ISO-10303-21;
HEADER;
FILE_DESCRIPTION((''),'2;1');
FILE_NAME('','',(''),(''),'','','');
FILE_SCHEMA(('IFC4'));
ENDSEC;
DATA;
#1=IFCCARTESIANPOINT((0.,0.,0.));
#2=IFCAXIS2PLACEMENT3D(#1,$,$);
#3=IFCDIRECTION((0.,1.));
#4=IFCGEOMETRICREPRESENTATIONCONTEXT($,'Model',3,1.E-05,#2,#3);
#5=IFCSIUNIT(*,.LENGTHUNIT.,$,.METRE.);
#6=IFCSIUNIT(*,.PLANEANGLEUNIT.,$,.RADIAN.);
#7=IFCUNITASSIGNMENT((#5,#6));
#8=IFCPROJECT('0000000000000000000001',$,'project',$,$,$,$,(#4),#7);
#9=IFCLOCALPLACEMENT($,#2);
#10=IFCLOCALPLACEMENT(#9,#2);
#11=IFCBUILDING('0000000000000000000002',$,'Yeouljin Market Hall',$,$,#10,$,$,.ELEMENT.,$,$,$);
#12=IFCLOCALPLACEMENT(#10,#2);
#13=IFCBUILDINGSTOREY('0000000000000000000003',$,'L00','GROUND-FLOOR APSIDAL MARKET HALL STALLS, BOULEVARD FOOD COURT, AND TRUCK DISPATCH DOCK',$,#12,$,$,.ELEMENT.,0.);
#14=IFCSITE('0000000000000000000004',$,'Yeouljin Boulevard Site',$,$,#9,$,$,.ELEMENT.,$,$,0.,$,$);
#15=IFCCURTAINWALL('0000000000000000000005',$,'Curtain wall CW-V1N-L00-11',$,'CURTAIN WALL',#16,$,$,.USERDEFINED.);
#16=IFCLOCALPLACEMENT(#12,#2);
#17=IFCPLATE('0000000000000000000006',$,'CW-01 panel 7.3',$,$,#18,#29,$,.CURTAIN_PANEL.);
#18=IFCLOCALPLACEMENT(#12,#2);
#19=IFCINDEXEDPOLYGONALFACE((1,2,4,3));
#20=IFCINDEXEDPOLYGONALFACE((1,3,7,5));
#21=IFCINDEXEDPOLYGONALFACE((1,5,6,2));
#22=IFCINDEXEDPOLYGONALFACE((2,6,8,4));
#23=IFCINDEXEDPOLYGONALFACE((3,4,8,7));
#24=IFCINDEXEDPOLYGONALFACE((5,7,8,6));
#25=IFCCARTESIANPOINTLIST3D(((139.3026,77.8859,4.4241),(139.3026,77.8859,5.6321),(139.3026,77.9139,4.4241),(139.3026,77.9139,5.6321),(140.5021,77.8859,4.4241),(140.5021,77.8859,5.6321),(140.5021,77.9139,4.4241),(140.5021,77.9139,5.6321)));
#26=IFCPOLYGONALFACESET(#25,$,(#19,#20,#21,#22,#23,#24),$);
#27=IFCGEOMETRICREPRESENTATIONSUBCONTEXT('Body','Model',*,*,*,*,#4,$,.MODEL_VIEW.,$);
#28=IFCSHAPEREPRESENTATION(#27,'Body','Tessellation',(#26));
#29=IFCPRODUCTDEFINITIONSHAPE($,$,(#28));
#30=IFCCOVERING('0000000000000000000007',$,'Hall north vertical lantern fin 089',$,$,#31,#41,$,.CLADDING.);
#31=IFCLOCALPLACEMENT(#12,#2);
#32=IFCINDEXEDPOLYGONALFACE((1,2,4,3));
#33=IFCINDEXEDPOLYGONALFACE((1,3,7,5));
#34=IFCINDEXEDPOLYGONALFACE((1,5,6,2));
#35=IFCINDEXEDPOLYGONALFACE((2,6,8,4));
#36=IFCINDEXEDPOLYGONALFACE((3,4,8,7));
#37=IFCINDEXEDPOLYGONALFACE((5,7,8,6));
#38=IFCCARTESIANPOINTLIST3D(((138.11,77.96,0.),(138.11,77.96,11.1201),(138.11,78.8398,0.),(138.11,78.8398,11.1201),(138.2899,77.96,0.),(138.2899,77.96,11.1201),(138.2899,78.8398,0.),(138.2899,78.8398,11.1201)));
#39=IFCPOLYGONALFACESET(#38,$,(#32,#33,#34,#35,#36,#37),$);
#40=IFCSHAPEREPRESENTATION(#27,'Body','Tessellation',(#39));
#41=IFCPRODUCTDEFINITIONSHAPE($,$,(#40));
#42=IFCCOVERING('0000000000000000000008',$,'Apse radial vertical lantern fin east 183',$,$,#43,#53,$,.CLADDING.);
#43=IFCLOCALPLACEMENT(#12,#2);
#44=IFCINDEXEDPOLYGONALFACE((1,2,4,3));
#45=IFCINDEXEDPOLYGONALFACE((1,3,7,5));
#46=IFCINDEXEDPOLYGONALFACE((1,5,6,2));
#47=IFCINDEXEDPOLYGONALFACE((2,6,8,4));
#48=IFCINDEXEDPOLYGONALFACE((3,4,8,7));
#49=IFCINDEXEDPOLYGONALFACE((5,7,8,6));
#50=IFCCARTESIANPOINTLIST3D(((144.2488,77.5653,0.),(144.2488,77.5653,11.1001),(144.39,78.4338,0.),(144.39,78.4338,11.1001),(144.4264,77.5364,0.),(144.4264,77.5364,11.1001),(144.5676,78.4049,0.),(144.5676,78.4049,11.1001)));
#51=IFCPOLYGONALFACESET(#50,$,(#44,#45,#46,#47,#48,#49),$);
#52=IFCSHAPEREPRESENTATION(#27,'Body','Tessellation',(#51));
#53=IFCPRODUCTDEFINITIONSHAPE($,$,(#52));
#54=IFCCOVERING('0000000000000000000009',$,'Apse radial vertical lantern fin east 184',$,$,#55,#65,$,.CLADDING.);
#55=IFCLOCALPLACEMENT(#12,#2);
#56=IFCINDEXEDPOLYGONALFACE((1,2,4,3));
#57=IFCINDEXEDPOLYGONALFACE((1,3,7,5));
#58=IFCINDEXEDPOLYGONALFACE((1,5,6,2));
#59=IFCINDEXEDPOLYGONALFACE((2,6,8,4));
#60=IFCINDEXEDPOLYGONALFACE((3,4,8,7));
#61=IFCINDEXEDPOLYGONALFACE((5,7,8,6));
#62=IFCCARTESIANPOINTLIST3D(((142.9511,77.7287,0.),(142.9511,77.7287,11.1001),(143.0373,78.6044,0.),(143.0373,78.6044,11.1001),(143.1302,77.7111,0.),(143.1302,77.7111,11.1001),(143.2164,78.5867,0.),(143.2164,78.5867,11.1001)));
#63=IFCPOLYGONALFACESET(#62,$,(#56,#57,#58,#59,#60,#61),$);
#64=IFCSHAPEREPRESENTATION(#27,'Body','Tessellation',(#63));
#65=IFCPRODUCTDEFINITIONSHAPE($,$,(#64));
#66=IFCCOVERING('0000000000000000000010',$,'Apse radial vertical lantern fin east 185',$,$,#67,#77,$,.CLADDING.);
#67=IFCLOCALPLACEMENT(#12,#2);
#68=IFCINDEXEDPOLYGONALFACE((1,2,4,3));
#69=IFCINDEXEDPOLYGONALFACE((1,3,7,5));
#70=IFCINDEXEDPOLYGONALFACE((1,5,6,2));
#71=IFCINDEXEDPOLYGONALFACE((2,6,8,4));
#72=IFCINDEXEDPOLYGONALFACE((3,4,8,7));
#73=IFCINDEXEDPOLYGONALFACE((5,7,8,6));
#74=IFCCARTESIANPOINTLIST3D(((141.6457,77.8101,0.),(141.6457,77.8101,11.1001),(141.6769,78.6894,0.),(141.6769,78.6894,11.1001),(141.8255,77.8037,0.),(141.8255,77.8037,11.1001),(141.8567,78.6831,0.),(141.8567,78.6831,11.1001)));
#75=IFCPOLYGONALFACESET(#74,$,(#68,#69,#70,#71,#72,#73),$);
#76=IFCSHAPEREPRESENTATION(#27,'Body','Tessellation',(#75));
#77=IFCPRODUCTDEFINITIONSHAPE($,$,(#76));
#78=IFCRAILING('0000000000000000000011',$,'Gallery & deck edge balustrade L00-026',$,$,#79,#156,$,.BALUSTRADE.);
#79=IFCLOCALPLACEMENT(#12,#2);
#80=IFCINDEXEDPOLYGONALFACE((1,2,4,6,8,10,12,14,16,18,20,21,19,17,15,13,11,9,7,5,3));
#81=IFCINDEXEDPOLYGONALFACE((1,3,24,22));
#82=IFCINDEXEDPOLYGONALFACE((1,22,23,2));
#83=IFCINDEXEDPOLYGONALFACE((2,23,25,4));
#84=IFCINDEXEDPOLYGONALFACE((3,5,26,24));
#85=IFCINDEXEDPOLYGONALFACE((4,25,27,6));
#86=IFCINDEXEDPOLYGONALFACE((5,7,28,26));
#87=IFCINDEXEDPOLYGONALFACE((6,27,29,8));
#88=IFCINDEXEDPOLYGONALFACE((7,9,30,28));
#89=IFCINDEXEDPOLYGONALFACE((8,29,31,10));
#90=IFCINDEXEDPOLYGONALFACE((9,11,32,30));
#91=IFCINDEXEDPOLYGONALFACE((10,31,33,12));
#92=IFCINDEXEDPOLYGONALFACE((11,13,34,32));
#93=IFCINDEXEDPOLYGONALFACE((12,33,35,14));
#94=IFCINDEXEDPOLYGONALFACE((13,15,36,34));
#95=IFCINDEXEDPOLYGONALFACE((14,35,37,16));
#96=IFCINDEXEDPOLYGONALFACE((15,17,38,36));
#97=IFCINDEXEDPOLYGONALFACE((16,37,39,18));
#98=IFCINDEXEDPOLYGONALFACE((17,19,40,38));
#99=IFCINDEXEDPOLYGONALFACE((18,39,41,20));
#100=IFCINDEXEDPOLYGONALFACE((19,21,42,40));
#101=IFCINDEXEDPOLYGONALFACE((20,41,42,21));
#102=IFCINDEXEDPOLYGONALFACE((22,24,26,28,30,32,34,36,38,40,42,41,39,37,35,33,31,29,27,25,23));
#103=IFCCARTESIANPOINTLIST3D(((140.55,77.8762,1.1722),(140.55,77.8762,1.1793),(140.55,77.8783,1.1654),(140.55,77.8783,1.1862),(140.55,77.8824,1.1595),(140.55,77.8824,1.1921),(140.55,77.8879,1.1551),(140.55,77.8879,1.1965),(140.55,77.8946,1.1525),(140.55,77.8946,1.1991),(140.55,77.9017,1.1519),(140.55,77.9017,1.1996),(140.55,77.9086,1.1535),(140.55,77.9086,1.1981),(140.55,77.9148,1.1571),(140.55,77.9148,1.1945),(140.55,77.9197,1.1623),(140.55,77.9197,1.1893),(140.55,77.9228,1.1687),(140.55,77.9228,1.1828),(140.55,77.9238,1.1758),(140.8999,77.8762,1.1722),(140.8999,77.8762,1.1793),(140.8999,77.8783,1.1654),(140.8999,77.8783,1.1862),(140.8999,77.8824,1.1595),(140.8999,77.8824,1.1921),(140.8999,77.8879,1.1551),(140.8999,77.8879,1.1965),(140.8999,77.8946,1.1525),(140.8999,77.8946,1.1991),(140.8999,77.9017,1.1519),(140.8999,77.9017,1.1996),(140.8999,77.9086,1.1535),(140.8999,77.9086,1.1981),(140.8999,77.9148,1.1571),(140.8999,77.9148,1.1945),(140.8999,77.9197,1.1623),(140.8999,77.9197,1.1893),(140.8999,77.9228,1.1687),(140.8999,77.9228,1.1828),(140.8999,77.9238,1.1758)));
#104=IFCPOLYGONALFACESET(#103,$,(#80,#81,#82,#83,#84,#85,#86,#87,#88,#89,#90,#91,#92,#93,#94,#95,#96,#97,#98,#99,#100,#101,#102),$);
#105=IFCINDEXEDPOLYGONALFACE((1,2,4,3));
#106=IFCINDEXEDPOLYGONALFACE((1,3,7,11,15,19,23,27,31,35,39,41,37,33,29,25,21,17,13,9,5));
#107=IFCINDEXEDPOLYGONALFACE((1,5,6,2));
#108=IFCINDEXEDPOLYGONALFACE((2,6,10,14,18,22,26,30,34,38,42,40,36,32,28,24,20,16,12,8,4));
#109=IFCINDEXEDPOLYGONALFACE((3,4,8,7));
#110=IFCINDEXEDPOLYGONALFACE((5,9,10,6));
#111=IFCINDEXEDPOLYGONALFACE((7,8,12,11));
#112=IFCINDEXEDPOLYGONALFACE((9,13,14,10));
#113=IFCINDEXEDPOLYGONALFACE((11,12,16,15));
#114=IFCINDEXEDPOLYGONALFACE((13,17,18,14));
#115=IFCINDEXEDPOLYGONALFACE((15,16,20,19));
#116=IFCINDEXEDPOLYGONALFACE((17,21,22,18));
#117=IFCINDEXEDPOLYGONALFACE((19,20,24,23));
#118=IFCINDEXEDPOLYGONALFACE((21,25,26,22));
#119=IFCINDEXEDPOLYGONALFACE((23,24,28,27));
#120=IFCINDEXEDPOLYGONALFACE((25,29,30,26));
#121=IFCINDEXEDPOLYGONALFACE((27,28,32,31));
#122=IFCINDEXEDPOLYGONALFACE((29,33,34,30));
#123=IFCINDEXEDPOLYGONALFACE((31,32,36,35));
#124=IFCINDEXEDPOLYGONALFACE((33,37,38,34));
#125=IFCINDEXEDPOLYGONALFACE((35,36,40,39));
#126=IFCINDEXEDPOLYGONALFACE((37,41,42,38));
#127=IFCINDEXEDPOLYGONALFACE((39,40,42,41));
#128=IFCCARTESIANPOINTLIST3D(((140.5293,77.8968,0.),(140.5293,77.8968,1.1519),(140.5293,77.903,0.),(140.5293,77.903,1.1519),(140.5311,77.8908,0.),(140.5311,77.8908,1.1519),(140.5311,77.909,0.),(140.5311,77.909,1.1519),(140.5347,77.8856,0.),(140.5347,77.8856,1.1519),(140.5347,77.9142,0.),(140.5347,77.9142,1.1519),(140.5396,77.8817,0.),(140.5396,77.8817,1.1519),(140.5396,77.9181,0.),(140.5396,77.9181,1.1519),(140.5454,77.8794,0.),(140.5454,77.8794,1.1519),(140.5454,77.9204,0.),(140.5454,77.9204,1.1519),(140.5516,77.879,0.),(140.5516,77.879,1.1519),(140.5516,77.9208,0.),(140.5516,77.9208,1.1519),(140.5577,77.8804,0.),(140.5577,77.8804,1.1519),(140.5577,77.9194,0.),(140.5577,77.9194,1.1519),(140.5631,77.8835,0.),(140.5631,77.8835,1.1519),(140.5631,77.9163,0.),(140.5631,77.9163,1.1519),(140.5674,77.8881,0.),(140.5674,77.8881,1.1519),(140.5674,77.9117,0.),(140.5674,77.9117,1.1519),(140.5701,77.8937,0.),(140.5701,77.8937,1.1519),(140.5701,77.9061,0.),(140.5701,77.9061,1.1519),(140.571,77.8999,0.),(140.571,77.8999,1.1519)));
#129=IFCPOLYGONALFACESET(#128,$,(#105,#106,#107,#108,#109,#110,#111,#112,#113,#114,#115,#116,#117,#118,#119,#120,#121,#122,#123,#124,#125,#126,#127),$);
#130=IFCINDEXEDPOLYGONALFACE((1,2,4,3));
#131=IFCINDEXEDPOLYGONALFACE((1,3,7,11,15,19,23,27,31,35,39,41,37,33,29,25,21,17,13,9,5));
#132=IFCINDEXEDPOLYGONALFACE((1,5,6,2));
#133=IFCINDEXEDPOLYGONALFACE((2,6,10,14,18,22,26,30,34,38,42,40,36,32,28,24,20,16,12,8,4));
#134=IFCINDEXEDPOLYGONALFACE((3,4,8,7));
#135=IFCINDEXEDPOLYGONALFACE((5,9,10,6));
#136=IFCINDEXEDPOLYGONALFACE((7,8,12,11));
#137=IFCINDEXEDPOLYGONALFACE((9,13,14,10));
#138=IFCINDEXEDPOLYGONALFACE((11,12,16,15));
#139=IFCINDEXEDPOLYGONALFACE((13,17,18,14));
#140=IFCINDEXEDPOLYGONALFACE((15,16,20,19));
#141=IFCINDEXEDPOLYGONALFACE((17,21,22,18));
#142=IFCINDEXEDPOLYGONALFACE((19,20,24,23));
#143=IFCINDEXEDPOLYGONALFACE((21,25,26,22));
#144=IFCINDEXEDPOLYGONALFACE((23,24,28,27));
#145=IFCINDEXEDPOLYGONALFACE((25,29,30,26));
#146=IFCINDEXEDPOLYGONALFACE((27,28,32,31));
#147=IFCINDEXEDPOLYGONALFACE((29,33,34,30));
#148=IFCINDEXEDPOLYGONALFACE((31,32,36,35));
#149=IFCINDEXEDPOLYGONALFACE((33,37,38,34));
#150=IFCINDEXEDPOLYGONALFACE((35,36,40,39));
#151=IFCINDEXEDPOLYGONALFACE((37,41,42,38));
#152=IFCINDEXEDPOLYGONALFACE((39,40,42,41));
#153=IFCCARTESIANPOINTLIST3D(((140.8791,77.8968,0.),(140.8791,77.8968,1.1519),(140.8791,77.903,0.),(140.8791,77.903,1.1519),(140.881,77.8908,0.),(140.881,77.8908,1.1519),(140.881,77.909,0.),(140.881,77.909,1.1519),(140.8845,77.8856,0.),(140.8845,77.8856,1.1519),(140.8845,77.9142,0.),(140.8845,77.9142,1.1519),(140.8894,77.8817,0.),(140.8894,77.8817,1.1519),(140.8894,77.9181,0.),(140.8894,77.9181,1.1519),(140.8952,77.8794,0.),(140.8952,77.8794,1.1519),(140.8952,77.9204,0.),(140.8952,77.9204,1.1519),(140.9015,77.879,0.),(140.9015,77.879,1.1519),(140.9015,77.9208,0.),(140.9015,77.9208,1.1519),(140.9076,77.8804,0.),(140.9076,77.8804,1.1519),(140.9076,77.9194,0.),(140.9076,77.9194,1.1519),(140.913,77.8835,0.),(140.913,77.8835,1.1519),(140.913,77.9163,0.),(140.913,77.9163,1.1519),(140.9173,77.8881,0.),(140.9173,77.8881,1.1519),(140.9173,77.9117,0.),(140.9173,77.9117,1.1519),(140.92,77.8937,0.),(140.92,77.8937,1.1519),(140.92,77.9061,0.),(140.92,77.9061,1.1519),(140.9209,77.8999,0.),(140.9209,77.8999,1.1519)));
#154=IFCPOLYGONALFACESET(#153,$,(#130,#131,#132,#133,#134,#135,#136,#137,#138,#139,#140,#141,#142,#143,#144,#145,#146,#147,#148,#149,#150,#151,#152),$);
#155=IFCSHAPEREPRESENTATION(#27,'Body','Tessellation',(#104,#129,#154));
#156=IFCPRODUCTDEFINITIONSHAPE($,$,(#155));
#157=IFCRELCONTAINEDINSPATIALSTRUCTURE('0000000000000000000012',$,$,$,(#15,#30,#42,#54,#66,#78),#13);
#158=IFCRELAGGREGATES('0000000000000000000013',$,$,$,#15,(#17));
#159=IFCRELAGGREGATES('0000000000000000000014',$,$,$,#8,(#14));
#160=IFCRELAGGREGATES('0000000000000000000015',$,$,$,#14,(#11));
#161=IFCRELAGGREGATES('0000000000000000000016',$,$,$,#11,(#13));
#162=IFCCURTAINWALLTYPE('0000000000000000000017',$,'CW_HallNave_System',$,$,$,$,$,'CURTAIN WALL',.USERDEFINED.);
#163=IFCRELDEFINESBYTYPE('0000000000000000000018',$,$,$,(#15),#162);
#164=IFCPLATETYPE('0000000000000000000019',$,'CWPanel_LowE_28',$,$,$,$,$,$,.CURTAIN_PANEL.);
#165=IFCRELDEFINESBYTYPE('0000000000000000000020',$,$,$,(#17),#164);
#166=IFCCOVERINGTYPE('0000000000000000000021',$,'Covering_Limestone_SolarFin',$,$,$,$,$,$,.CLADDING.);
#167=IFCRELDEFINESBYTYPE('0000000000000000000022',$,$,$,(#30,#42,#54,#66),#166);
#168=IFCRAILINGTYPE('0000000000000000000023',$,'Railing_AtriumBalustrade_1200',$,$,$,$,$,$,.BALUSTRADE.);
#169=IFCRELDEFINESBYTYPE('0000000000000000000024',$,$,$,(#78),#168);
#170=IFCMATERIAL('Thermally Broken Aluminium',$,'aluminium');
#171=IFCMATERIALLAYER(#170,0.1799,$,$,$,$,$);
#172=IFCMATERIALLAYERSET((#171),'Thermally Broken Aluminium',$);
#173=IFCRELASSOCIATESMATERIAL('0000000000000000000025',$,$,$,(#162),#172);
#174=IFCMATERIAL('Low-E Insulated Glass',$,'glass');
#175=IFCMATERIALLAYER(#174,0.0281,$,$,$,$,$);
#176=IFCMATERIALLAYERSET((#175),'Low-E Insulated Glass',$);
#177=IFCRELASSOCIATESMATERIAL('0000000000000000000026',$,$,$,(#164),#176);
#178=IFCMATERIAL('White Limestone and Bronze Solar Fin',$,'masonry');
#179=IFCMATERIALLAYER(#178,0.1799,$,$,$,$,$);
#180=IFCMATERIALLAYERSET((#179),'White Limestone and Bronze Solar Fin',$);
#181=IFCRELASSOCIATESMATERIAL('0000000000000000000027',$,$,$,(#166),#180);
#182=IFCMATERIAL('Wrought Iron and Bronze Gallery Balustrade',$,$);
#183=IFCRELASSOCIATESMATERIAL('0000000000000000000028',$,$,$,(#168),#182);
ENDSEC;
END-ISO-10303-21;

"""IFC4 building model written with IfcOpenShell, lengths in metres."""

from ifc_helpers import new_model, si_unit, direction, frame, origin, origin_2d, place, context, subcontext, project, spatial, rectangle, circle, extrude, material, layer, layer_set, type_object, element, aggregate, save


model = new_model("IFC4")

# Units and contexts
model_context = context("Model", 3, precision=1e-05, world=origin(), true_north=direction((0.0, 1.0)))
body_context = subcontext(model_context, "Body", "Model", "MODEL_VIEW")
ifc_project = project(units=[si_unit("LENGTHUNIT", "METRE"), si_unit("PLANEANGLEUNIT", "RADIAN")], contexts=[model_context])

# Site, building, storey
site_placement = place(None, origin())
site = spatial("IfcSite", under=ifc_project, at=site_placement, Name="Yeouljin Boulevard Site", CompositionType="ELEMENT", RefElevation=0.0)
building_placement = place(site_placement, origin())
building = spatial("IfcBuilding", under=site, at=building_placement, Name="Yeouljin Market Hall", CompositionType="ELEMENT")
storey_placement = place(building_placement, origin())
storey = spatial("IfcBuildingStorey", under=building, at=storey_placement, Name="L00", Description="GROUND-FLOOR APSIDAL MARKET HALL STALLS, BOULEVARD FOOD COURT, AND TRUCK DISPATCH DOCK", CompositionType="ELEMENT", Elevation=0.0)

# Curtain wall
ifc_material_1 = material(Name="Thermally Broken Aluminium", Category="aluminium")
ifc_layer_1 = layer(ifc_material_1, 0.1799)
ifc_layer_set_1 = layer_set([ifc_layer_1], Name="Thermally Broken Aluminium")
curtain_wall_type_1 = type_object("IfcCurtainWallType", Name="CW_HallNave_System", ElementType="CURTAIN WALL", PredefinedType="USERDEFINED", material=ifc_layer_set_1)
curtain_wall_1_placement = place(storey_placement, origin())
curtain_wall_1 = element("IfcCurtainWall", 1, at=curtain_wall_1_placement, inside=storey, type_object=curtain_wall_type_1, Name="Curtain wall CW-V1N-L00-11", ObjectType="CURTAIN WALL", PredefinedType="USERDEFINED")

# Plate
ifc_material_2 = material(Name="Low-E Insulated Glass", Category="glass")
ifc_layer_2 = layer(ifc_material_2, 0.0281)
ifc_layer_set_2 = layer_set([ifc_layer_2], Name="Low-E Insulated Glass")
plate_type_1 = type_object("IfcPlateType", Name="CWPanel_LowE_28", PredefinedType="CURTAIN_PANEL", material=ifc_layer_set_2)
plate_1_placement = place(storey_placement, frame((139.9023, 77.8999, 4.4241), z_axis=(0.0, 0.0, 1.0), x_axis=(1.0, 0.0, 0.0)))
plate_1 = element("IfcPlate", 2, at=plate_1_placement, type_object=plate_type_1, Name="CW-01 panel 7.3", PredefinedType="CURTAIN_PANEL", context=body_context, shape_type="SweptSolid", body=[
    extrude(rectangle(XDim=1.1995, YDim=0.0281, at=origin_2d()), origin(), (0.0, 0.0, 1.0), 1.208),
])
aggregate(curtain_wall_1, [plate_1])

# Coverings
ifc_material_3 = material(Name="White Limestone and Bronze Solar Fin", Category="masonry")
ifc_layer_3 = layer(ifc_material_3, 0.1799)
ifc_layer_set_3 = layer_set([ifc_layer_3], Name="White Limestone and Bronze Solar Fin")
covering_type = type_object("IfcCoveringType", Name="Covering_Limestone_SolarFin", PredefinedType="CLADDING", material=ifc_layer_set_3)
covering_placement = place(storey_placement, frame((138.2, 78.3999, 0.0), z_axis=(0.0, 0.0, 1.0), x_axis=(1.0, 0.0, 0.0)))
element("IfcCovering", 3, at=covering_placement, inside=storey, type_object=covering_type, Name="Hall north vertical lantern fin 089", PredefinedType="CLADDING", context=body_context, shape_type="SweptSolid", body=[
    extrude(rectangle(XDim=0.1799, YDim=0.8799, at=origin_2d()), origin(), (0.0, 0.0, 1.0), 11.1201),
])
for number, where, z_axis, x_axis, name in (
    (4, (144.4082, 77.9851, 0.0), (0.0, 0.0, 1.0), (0.160398, 0.987052, 0.0), "Apse radial vertical lantern fin east 183"),
    (5, (143.0837, 78.1577, 0.0), (0.0, 0.0, 1.0), (0.09793, 0.995193, 0.0), "Apse radial vertical lantern fin east 184"),
    (6, (141.7512, 78.2466, 0.0), (0.0, 0.0, 1.0), (0.035423, 0.999372, 0.0), "Apse radial vertical lantern fin east 185"),
):
    element("IfcCovering", number, at=place(storey_placement, frame(where, z_axis=z_axis, x_axis=x_axis)), inside=storey, type_object=covering_type, Name=name, PredefinedType="CLADDING", context=body_context, shape_type="SweptSolid", body=[
        extrude(rectangle(XDim=0.8799, YDim=0.1799, at=origin_2d()), origin(), (0.0, 0.0, 1.0), 11.1001),
    ])

# Railing
ifc_material_4 = material(Name="Wrought Iron and Bronze Gallery Balustrade")
railing_type = type_object("IfcRailingType", Name="Railing_AtriumBalustrade_1200", PredefinedType="BALUSTRADE", material=ifc_material_4)
railing_1_placement = place(storey_placement, frame((140.55, 77.8999, 0.0)))
element("IfcRailing", 7, at=railing_1_placement, inside=storey, type_object=railing_type, Name="Gallery & deck edge balustrade L00-026", PredefinedType="BALUSTRADE", context=body_context, shape_type="SweptSolid", body=[
    extrude(circle(Radius=0.0239, at=origin_2d()), frame((0.0, 0.0, 1.1758), z_axis=(1.0, 0.0, 0.0), x_axis=(0.0, 1.0, 0.0)), (0.0, 0.0, 1.0), 0.3499),
    extrude(circle(Radius=0.021, at=origin_2d()), origin(), (0.0, 0.0, 1.0), 1.1519),
    extrude(circle(Radius=0.021, at=origin_2d()), frame((0.3499, 0.0, 0.0)), (0.0, 0.0, 1.0), 1.1519),
])

save(model, "model.ifc")
